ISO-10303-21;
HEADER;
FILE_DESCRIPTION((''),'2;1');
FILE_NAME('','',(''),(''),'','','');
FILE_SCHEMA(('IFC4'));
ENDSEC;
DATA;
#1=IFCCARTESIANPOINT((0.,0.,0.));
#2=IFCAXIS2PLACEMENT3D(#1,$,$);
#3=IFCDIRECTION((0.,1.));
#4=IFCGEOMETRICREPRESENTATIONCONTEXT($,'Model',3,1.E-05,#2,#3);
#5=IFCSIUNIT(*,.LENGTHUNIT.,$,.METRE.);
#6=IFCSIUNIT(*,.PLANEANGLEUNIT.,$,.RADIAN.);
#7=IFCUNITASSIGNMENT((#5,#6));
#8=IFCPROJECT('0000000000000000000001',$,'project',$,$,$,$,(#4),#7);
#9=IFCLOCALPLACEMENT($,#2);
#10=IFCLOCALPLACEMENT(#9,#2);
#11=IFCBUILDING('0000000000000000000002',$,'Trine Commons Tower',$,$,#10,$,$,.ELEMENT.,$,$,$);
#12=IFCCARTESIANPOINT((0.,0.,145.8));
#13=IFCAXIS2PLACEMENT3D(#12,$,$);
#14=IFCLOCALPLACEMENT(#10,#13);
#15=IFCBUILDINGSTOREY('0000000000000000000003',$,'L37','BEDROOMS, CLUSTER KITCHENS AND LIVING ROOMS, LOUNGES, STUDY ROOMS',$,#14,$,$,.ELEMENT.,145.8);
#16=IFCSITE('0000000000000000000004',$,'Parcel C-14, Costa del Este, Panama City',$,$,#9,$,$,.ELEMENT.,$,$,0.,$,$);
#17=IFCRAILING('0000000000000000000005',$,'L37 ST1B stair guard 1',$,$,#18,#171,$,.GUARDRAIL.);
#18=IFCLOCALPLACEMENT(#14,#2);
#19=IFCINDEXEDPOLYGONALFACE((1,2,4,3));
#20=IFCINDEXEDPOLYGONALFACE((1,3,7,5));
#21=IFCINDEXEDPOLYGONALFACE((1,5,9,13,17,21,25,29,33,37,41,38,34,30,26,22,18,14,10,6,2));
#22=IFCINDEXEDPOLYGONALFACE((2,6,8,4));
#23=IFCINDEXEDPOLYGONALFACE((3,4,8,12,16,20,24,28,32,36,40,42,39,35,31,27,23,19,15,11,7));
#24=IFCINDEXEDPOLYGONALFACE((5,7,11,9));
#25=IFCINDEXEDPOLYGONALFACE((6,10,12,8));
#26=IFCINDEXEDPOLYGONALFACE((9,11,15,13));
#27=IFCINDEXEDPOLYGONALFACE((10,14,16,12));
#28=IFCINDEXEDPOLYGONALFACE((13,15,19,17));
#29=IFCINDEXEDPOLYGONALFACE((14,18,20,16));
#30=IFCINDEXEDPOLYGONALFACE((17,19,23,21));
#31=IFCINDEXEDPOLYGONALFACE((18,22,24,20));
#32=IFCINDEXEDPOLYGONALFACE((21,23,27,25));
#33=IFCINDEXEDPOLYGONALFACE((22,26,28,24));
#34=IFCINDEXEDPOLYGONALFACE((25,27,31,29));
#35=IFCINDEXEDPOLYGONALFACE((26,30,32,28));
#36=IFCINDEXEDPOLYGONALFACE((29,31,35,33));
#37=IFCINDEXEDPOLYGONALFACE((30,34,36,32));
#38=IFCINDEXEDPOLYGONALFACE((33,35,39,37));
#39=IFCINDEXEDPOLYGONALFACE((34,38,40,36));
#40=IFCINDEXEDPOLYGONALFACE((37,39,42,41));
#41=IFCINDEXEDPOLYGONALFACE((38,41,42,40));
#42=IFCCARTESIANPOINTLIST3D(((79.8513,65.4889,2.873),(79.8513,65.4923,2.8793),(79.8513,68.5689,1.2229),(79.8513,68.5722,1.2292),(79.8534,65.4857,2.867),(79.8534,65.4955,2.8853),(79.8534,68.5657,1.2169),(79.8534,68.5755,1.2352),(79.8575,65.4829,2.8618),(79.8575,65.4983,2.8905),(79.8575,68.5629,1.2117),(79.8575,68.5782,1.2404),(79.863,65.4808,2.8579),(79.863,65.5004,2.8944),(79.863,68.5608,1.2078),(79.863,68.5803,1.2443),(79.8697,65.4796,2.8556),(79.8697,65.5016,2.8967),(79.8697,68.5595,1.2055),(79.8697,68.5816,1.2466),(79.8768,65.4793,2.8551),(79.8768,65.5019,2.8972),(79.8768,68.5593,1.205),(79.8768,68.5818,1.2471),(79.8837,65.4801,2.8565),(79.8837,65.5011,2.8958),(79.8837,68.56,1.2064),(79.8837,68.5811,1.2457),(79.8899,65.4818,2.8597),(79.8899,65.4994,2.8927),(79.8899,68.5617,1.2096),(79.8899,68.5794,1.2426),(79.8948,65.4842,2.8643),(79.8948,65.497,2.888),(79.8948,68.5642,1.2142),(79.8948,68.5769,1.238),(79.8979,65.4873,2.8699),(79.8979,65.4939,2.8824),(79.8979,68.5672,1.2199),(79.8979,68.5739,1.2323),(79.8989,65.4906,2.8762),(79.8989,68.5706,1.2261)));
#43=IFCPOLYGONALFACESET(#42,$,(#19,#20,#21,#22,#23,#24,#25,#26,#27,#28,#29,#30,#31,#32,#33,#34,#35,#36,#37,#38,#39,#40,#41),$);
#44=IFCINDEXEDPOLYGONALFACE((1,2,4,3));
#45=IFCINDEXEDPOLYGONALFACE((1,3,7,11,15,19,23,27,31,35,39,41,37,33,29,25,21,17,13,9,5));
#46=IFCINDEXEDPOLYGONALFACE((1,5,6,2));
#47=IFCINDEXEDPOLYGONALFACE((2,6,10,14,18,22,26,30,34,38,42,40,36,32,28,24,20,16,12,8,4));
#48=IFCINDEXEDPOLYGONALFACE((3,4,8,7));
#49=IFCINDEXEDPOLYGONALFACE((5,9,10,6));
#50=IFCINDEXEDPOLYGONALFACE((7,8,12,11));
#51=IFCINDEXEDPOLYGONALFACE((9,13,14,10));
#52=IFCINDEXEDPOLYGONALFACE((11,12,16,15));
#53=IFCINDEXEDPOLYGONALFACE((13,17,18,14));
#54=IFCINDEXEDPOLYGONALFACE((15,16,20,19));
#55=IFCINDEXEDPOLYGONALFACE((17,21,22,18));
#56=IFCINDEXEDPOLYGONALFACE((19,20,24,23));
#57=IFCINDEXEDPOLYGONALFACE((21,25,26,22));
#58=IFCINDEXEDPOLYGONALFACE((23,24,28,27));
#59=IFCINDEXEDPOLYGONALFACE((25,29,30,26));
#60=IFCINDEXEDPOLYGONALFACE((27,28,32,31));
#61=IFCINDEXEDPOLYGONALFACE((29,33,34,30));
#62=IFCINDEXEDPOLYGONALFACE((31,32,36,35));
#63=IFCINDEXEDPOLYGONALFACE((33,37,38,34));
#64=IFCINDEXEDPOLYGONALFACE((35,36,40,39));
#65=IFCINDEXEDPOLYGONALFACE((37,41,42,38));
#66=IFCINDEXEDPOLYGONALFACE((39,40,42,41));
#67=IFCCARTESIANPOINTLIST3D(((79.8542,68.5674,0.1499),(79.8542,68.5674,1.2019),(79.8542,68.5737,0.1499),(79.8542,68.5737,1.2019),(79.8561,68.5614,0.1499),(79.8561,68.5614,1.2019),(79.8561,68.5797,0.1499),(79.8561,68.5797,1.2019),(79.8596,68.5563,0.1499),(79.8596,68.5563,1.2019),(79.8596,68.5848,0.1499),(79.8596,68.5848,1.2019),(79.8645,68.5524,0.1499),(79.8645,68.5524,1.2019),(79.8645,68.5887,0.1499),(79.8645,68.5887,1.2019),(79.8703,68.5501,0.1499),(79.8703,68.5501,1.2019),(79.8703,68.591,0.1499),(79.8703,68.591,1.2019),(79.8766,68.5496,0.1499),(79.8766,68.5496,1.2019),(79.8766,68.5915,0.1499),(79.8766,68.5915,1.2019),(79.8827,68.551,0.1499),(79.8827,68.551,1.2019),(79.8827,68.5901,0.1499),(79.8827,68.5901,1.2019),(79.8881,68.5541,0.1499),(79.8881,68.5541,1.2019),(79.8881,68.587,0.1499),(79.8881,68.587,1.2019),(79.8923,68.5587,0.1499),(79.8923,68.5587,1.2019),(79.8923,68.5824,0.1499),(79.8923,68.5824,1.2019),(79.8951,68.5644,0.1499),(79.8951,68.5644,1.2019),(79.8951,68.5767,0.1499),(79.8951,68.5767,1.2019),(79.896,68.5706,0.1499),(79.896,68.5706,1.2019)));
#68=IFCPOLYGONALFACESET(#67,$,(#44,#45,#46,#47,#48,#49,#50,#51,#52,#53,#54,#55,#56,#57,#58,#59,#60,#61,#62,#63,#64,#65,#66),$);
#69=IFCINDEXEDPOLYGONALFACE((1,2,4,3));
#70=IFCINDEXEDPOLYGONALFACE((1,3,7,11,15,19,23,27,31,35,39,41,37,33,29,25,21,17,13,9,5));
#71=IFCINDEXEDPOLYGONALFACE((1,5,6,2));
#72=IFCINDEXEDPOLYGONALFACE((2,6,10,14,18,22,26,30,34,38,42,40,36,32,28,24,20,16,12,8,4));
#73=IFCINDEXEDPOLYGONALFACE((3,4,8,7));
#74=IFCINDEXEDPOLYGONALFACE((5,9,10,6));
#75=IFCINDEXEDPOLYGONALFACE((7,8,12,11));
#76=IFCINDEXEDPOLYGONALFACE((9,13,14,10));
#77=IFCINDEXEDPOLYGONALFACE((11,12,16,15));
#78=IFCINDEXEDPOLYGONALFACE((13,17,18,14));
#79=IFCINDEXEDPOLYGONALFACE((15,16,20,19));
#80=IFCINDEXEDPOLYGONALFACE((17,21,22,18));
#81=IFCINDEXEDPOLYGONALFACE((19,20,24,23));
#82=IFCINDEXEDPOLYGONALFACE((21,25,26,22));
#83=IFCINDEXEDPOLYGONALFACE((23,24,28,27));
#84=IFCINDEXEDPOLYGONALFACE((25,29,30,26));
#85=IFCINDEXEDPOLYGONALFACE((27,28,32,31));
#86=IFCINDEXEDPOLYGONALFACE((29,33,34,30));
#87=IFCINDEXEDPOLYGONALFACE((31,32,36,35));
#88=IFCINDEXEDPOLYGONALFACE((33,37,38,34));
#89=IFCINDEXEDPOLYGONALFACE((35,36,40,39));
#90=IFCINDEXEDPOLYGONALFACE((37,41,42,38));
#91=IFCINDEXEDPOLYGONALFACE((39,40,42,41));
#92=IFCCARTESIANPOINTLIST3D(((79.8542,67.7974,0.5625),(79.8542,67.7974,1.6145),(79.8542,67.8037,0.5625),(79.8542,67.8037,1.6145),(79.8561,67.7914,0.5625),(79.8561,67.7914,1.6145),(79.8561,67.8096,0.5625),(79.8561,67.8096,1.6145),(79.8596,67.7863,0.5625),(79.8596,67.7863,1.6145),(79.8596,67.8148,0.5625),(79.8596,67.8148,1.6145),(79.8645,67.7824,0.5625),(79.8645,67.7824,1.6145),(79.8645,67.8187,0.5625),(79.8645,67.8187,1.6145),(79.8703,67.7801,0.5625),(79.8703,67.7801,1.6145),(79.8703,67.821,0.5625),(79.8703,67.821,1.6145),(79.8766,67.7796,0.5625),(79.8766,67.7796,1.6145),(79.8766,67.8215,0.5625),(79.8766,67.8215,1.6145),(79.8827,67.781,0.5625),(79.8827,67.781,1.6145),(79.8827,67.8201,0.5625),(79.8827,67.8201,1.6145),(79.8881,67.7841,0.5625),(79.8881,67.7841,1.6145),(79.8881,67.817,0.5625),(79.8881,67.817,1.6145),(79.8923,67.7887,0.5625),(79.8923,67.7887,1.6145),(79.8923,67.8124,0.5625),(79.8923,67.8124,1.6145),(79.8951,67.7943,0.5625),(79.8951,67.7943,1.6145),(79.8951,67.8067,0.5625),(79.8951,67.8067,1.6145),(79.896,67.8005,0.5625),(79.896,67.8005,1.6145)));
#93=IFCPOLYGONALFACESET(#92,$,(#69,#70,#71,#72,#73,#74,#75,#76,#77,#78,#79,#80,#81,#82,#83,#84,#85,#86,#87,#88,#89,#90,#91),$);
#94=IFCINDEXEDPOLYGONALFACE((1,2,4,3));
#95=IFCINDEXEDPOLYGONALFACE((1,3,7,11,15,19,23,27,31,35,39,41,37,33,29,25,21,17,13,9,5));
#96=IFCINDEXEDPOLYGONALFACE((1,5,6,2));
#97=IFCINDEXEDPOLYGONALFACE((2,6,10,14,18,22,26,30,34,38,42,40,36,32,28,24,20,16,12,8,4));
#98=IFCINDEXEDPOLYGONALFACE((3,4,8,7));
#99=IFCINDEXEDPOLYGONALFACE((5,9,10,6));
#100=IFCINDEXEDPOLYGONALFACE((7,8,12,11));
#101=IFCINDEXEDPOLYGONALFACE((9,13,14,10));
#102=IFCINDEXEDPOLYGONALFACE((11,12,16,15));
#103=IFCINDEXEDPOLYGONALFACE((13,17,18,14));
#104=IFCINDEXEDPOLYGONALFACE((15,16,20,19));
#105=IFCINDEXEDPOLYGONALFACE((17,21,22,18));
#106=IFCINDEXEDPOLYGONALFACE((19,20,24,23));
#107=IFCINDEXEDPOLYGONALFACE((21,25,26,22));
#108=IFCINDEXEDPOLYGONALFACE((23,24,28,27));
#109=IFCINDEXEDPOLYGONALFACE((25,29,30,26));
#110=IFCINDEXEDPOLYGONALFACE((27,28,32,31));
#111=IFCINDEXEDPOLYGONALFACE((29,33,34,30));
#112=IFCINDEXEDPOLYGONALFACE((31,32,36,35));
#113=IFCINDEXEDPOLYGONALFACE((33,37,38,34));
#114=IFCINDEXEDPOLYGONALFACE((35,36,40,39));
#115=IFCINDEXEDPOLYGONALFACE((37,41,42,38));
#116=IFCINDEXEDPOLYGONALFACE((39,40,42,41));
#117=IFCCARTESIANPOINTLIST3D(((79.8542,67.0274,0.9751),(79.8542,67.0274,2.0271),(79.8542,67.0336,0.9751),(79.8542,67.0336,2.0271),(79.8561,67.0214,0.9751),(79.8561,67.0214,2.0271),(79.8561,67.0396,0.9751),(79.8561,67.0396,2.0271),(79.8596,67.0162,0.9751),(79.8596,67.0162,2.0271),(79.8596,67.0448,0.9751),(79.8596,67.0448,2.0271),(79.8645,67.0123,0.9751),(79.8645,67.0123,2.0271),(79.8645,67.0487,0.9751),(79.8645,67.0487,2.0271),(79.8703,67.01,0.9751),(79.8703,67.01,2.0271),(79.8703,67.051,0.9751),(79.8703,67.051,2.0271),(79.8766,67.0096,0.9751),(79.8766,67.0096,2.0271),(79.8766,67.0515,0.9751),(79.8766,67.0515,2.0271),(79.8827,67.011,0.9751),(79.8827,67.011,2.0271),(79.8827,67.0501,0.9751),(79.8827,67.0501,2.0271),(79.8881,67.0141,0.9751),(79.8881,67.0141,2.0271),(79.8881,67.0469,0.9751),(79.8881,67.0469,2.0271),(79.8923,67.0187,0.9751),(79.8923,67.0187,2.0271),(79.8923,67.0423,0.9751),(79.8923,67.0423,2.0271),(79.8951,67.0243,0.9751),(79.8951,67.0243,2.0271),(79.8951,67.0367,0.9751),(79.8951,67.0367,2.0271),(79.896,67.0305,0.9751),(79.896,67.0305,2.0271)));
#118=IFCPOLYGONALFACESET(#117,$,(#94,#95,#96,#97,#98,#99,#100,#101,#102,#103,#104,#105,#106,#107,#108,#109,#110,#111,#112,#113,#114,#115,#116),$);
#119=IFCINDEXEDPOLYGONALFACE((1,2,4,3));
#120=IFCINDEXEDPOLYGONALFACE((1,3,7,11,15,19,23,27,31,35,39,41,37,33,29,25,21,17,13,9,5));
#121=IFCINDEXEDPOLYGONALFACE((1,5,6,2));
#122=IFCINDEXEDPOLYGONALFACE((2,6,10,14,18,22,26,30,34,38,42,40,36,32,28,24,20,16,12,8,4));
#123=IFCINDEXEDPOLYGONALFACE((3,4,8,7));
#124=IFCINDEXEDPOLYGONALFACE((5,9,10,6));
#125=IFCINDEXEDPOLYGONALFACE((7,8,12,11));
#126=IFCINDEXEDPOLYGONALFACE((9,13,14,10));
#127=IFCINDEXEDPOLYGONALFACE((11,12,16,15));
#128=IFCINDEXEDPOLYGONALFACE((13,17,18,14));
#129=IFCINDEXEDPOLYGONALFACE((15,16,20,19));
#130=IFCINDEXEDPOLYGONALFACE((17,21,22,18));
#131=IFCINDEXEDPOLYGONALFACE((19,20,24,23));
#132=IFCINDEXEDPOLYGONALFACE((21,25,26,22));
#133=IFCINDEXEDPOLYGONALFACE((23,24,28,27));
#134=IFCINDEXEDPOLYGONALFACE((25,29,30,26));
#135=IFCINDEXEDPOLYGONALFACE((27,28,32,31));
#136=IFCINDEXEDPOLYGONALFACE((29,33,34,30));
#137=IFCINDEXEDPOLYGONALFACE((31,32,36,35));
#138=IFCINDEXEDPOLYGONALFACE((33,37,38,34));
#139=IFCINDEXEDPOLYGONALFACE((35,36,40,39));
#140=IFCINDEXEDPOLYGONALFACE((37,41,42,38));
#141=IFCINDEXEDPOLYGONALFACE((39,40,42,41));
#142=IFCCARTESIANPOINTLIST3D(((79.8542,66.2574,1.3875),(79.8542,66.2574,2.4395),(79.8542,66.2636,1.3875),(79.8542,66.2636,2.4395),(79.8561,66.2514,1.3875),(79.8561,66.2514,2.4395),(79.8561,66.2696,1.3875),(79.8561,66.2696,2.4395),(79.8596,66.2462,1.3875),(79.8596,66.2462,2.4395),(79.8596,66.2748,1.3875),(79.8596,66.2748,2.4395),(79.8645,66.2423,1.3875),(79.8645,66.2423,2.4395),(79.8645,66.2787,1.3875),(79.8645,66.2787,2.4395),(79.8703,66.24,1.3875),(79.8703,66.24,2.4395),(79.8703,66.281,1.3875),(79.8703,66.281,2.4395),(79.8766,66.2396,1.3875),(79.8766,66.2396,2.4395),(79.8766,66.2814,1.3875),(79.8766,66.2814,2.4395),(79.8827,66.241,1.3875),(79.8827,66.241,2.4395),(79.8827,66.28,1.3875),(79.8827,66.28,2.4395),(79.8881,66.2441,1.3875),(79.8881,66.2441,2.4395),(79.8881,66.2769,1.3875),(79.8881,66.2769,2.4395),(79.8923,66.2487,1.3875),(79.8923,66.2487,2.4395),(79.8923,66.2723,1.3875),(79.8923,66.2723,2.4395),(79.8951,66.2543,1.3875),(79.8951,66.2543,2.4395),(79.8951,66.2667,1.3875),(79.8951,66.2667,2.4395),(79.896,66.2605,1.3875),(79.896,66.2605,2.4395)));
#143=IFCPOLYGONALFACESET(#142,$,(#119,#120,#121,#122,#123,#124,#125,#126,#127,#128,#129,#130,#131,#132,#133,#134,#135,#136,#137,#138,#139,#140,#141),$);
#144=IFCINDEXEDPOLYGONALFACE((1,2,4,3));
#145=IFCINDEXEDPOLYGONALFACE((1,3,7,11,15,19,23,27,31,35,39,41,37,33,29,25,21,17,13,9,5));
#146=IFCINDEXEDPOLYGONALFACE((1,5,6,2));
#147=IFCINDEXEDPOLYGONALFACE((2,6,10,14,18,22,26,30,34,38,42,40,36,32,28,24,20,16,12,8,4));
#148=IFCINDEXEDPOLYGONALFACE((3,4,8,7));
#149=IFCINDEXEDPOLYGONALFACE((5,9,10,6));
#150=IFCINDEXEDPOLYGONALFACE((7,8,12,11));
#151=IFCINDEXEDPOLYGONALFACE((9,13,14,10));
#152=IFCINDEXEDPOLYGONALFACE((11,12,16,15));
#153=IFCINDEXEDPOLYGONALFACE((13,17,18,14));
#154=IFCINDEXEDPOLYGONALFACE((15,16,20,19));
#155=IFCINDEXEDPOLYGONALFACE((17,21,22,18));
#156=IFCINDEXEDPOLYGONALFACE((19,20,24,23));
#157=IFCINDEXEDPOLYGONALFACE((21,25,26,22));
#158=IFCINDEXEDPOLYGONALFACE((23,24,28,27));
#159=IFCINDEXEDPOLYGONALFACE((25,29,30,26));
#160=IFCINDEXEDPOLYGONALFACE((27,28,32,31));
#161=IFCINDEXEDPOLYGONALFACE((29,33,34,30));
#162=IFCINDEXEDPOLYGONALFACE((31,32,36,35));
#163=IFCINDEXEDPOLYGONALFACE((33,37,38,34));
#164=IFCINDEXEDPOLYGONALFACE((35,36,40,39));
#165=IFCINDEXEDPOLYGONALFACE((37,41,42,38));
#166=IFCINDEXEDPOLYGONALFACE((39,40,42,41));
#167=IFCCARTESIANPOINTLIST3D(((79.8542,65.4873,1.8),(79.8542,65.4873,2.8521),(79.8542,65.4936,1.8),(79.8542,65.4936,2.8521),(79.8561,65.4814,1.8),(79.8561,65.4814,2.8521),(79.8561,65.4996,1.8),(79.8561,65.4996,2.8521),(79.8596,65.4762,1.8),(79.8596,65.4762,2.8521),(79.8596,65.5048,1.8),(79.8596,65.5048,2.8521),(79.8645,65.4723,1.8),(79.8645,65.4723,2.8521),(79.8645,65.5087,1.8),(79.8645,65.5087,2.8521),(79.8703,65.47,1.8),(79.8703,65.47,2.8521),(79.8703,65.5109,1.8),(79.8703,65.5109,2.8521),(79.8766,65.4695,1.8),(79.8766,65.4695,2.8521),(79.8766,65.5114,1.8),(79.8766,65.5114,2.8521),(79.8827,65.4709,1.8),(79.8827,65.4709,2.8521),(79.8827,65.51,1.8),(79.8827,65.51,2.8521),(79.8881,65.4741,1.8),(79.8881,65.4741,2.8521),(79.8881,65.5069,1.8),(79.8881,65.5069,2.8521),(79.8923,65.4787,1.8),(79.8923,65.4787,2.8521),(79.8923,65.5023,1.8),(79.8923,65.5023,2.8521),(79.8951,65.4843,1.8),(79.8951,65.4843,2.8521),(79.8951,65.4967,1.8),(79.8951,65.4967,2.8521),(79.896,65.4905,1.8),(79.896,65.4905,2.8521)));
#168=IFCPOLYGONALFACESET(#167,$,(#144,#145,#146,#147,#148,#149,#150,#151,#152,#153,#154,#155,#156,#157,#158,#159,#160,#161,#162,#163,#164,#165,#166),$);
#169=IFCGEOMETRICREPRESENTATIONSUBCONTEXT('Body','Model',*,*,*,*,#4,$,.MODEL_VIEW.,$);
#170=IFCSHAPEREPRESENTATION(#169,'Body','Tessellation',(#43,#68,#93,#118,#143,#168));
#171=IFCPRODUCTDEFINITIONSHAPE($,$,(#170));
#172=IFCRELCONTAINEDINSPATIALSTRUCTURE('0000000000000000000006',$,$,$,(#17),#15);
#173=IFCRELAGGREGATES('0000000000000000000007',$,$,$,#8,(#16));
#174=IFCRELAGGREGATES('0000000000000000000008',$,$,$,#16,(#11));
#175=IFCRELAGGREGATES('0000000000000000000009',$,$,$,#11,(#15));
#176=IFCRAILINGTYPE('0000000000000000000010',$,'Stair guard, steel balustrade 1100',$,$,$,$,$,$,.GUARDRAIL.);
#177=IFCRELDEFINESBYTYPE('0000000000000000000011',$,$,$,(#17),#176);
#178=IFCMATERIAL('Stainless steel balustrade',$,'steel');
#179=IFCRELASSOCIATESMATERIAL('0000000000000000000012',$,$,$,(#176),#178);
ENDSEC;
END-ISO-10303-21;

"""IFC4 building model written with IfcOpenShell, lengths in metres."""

from ifc_helpers import new_model, si_unit, direction, frame, origin, origin_2d, place, context, subcontext, project, spatial, circle, extrude, material, type_object, element, save


model = new_model("IFC4")

# Units and contexts
model_context = context("Model", 3, precision=1e-05, world=origin(), true_north=direction((0.0, 1.0)))
body_context = subcontext(model_context, "Body", "Model", "MODEL_VIEW")
ifc_project = project(units=[si_unit("LENGTHUNIT", "METRE"), si_unit("PLANEANGLEUNIT", "RADIAN")], contexts=[model_context])

# Site, building, storey
site_placement = place(None, origin())
site = spatial("IfcSite", under=ifc_project, at=site_placement, Name="Parcel C-14, Costa del Este, Panama City", CompositionType="ELEMENT", RefElevation=0.0)
building_placement = place(site_placement, origin())
building = spatial("IfcBuilding", under=site, at=building_placement, Name="Trine Commons Tower", CompositionType="ELEMENT")
storey_placement = place(building_placement, frame((0.0, 0.0, 145.8)))
storey = spatial("IfcBuildingStorey", under=building, at=storey_placement, Name="L37", Description="BEDROOMS, CLUSTER KITCHENS AND LIVING ROOMS, LOUNGES, STUDY ROOMS", CompositionType="ELEMENT", Elevation=145.8)

# Railing
ifc_material_1 = material(Name="Stainless steel balustrade", Category="steel")
railing_type_1 = type_object("IfcRailingType", Name="Stair guard, steel balustrade 1100", PredefinedType="GUARDRAIL", material=ifc_material_1)
railing_1_placement = place(storey_placement, frame((79.875, 68.5706, 0.1499)))
element("IfcRailing", 1, at=railing_1_placement, inside=storey, type_object=railing_type_1, Name="L37 ST1B stair guard 1", PredefinedType="GUARDRAIL", context=body_context, shape_type="SweptSolid", body=[
    extrude(circle(Radius=0.0239, at=origin_2d()), frame((0.0, 0.0, 1.0762), z_axis=(0.0, -0.881468, 0.472245), x_axis=(1.0, 0.0, 0.0)), (0.0, 0.0, 1.0), 3.4941),
    extrude(circle(Radius=0.021, at=origin_2d()), origin(), (0.0, 0.0, 1.0), 1.052),
    extrude(circle(Radius=0.021, at=origin_2d()), frame((0.0, -0.77, 0.4126)), (0.0, 0.0, 1.0), 1.052),
    extrude(circle(Radius=0.021, at=origin_2d()), frame((0.0, -1.54, 0.8252)), (0.0, 0.0, 1.0), 1.052),
    extrude(circle(Radius=0.021, at=origin_2d()), frame((0.0, -2.3101, 1.2375)), (0.0, 0.0, 1.0), 1.052),
    extrude(circle(Radius=0.021, at=origin_2d()), frame((0.0, -3.0801, 1.6501)), (0.0, 0.0, 1.0), 1.052),
])

save(model, "model.ifc")
